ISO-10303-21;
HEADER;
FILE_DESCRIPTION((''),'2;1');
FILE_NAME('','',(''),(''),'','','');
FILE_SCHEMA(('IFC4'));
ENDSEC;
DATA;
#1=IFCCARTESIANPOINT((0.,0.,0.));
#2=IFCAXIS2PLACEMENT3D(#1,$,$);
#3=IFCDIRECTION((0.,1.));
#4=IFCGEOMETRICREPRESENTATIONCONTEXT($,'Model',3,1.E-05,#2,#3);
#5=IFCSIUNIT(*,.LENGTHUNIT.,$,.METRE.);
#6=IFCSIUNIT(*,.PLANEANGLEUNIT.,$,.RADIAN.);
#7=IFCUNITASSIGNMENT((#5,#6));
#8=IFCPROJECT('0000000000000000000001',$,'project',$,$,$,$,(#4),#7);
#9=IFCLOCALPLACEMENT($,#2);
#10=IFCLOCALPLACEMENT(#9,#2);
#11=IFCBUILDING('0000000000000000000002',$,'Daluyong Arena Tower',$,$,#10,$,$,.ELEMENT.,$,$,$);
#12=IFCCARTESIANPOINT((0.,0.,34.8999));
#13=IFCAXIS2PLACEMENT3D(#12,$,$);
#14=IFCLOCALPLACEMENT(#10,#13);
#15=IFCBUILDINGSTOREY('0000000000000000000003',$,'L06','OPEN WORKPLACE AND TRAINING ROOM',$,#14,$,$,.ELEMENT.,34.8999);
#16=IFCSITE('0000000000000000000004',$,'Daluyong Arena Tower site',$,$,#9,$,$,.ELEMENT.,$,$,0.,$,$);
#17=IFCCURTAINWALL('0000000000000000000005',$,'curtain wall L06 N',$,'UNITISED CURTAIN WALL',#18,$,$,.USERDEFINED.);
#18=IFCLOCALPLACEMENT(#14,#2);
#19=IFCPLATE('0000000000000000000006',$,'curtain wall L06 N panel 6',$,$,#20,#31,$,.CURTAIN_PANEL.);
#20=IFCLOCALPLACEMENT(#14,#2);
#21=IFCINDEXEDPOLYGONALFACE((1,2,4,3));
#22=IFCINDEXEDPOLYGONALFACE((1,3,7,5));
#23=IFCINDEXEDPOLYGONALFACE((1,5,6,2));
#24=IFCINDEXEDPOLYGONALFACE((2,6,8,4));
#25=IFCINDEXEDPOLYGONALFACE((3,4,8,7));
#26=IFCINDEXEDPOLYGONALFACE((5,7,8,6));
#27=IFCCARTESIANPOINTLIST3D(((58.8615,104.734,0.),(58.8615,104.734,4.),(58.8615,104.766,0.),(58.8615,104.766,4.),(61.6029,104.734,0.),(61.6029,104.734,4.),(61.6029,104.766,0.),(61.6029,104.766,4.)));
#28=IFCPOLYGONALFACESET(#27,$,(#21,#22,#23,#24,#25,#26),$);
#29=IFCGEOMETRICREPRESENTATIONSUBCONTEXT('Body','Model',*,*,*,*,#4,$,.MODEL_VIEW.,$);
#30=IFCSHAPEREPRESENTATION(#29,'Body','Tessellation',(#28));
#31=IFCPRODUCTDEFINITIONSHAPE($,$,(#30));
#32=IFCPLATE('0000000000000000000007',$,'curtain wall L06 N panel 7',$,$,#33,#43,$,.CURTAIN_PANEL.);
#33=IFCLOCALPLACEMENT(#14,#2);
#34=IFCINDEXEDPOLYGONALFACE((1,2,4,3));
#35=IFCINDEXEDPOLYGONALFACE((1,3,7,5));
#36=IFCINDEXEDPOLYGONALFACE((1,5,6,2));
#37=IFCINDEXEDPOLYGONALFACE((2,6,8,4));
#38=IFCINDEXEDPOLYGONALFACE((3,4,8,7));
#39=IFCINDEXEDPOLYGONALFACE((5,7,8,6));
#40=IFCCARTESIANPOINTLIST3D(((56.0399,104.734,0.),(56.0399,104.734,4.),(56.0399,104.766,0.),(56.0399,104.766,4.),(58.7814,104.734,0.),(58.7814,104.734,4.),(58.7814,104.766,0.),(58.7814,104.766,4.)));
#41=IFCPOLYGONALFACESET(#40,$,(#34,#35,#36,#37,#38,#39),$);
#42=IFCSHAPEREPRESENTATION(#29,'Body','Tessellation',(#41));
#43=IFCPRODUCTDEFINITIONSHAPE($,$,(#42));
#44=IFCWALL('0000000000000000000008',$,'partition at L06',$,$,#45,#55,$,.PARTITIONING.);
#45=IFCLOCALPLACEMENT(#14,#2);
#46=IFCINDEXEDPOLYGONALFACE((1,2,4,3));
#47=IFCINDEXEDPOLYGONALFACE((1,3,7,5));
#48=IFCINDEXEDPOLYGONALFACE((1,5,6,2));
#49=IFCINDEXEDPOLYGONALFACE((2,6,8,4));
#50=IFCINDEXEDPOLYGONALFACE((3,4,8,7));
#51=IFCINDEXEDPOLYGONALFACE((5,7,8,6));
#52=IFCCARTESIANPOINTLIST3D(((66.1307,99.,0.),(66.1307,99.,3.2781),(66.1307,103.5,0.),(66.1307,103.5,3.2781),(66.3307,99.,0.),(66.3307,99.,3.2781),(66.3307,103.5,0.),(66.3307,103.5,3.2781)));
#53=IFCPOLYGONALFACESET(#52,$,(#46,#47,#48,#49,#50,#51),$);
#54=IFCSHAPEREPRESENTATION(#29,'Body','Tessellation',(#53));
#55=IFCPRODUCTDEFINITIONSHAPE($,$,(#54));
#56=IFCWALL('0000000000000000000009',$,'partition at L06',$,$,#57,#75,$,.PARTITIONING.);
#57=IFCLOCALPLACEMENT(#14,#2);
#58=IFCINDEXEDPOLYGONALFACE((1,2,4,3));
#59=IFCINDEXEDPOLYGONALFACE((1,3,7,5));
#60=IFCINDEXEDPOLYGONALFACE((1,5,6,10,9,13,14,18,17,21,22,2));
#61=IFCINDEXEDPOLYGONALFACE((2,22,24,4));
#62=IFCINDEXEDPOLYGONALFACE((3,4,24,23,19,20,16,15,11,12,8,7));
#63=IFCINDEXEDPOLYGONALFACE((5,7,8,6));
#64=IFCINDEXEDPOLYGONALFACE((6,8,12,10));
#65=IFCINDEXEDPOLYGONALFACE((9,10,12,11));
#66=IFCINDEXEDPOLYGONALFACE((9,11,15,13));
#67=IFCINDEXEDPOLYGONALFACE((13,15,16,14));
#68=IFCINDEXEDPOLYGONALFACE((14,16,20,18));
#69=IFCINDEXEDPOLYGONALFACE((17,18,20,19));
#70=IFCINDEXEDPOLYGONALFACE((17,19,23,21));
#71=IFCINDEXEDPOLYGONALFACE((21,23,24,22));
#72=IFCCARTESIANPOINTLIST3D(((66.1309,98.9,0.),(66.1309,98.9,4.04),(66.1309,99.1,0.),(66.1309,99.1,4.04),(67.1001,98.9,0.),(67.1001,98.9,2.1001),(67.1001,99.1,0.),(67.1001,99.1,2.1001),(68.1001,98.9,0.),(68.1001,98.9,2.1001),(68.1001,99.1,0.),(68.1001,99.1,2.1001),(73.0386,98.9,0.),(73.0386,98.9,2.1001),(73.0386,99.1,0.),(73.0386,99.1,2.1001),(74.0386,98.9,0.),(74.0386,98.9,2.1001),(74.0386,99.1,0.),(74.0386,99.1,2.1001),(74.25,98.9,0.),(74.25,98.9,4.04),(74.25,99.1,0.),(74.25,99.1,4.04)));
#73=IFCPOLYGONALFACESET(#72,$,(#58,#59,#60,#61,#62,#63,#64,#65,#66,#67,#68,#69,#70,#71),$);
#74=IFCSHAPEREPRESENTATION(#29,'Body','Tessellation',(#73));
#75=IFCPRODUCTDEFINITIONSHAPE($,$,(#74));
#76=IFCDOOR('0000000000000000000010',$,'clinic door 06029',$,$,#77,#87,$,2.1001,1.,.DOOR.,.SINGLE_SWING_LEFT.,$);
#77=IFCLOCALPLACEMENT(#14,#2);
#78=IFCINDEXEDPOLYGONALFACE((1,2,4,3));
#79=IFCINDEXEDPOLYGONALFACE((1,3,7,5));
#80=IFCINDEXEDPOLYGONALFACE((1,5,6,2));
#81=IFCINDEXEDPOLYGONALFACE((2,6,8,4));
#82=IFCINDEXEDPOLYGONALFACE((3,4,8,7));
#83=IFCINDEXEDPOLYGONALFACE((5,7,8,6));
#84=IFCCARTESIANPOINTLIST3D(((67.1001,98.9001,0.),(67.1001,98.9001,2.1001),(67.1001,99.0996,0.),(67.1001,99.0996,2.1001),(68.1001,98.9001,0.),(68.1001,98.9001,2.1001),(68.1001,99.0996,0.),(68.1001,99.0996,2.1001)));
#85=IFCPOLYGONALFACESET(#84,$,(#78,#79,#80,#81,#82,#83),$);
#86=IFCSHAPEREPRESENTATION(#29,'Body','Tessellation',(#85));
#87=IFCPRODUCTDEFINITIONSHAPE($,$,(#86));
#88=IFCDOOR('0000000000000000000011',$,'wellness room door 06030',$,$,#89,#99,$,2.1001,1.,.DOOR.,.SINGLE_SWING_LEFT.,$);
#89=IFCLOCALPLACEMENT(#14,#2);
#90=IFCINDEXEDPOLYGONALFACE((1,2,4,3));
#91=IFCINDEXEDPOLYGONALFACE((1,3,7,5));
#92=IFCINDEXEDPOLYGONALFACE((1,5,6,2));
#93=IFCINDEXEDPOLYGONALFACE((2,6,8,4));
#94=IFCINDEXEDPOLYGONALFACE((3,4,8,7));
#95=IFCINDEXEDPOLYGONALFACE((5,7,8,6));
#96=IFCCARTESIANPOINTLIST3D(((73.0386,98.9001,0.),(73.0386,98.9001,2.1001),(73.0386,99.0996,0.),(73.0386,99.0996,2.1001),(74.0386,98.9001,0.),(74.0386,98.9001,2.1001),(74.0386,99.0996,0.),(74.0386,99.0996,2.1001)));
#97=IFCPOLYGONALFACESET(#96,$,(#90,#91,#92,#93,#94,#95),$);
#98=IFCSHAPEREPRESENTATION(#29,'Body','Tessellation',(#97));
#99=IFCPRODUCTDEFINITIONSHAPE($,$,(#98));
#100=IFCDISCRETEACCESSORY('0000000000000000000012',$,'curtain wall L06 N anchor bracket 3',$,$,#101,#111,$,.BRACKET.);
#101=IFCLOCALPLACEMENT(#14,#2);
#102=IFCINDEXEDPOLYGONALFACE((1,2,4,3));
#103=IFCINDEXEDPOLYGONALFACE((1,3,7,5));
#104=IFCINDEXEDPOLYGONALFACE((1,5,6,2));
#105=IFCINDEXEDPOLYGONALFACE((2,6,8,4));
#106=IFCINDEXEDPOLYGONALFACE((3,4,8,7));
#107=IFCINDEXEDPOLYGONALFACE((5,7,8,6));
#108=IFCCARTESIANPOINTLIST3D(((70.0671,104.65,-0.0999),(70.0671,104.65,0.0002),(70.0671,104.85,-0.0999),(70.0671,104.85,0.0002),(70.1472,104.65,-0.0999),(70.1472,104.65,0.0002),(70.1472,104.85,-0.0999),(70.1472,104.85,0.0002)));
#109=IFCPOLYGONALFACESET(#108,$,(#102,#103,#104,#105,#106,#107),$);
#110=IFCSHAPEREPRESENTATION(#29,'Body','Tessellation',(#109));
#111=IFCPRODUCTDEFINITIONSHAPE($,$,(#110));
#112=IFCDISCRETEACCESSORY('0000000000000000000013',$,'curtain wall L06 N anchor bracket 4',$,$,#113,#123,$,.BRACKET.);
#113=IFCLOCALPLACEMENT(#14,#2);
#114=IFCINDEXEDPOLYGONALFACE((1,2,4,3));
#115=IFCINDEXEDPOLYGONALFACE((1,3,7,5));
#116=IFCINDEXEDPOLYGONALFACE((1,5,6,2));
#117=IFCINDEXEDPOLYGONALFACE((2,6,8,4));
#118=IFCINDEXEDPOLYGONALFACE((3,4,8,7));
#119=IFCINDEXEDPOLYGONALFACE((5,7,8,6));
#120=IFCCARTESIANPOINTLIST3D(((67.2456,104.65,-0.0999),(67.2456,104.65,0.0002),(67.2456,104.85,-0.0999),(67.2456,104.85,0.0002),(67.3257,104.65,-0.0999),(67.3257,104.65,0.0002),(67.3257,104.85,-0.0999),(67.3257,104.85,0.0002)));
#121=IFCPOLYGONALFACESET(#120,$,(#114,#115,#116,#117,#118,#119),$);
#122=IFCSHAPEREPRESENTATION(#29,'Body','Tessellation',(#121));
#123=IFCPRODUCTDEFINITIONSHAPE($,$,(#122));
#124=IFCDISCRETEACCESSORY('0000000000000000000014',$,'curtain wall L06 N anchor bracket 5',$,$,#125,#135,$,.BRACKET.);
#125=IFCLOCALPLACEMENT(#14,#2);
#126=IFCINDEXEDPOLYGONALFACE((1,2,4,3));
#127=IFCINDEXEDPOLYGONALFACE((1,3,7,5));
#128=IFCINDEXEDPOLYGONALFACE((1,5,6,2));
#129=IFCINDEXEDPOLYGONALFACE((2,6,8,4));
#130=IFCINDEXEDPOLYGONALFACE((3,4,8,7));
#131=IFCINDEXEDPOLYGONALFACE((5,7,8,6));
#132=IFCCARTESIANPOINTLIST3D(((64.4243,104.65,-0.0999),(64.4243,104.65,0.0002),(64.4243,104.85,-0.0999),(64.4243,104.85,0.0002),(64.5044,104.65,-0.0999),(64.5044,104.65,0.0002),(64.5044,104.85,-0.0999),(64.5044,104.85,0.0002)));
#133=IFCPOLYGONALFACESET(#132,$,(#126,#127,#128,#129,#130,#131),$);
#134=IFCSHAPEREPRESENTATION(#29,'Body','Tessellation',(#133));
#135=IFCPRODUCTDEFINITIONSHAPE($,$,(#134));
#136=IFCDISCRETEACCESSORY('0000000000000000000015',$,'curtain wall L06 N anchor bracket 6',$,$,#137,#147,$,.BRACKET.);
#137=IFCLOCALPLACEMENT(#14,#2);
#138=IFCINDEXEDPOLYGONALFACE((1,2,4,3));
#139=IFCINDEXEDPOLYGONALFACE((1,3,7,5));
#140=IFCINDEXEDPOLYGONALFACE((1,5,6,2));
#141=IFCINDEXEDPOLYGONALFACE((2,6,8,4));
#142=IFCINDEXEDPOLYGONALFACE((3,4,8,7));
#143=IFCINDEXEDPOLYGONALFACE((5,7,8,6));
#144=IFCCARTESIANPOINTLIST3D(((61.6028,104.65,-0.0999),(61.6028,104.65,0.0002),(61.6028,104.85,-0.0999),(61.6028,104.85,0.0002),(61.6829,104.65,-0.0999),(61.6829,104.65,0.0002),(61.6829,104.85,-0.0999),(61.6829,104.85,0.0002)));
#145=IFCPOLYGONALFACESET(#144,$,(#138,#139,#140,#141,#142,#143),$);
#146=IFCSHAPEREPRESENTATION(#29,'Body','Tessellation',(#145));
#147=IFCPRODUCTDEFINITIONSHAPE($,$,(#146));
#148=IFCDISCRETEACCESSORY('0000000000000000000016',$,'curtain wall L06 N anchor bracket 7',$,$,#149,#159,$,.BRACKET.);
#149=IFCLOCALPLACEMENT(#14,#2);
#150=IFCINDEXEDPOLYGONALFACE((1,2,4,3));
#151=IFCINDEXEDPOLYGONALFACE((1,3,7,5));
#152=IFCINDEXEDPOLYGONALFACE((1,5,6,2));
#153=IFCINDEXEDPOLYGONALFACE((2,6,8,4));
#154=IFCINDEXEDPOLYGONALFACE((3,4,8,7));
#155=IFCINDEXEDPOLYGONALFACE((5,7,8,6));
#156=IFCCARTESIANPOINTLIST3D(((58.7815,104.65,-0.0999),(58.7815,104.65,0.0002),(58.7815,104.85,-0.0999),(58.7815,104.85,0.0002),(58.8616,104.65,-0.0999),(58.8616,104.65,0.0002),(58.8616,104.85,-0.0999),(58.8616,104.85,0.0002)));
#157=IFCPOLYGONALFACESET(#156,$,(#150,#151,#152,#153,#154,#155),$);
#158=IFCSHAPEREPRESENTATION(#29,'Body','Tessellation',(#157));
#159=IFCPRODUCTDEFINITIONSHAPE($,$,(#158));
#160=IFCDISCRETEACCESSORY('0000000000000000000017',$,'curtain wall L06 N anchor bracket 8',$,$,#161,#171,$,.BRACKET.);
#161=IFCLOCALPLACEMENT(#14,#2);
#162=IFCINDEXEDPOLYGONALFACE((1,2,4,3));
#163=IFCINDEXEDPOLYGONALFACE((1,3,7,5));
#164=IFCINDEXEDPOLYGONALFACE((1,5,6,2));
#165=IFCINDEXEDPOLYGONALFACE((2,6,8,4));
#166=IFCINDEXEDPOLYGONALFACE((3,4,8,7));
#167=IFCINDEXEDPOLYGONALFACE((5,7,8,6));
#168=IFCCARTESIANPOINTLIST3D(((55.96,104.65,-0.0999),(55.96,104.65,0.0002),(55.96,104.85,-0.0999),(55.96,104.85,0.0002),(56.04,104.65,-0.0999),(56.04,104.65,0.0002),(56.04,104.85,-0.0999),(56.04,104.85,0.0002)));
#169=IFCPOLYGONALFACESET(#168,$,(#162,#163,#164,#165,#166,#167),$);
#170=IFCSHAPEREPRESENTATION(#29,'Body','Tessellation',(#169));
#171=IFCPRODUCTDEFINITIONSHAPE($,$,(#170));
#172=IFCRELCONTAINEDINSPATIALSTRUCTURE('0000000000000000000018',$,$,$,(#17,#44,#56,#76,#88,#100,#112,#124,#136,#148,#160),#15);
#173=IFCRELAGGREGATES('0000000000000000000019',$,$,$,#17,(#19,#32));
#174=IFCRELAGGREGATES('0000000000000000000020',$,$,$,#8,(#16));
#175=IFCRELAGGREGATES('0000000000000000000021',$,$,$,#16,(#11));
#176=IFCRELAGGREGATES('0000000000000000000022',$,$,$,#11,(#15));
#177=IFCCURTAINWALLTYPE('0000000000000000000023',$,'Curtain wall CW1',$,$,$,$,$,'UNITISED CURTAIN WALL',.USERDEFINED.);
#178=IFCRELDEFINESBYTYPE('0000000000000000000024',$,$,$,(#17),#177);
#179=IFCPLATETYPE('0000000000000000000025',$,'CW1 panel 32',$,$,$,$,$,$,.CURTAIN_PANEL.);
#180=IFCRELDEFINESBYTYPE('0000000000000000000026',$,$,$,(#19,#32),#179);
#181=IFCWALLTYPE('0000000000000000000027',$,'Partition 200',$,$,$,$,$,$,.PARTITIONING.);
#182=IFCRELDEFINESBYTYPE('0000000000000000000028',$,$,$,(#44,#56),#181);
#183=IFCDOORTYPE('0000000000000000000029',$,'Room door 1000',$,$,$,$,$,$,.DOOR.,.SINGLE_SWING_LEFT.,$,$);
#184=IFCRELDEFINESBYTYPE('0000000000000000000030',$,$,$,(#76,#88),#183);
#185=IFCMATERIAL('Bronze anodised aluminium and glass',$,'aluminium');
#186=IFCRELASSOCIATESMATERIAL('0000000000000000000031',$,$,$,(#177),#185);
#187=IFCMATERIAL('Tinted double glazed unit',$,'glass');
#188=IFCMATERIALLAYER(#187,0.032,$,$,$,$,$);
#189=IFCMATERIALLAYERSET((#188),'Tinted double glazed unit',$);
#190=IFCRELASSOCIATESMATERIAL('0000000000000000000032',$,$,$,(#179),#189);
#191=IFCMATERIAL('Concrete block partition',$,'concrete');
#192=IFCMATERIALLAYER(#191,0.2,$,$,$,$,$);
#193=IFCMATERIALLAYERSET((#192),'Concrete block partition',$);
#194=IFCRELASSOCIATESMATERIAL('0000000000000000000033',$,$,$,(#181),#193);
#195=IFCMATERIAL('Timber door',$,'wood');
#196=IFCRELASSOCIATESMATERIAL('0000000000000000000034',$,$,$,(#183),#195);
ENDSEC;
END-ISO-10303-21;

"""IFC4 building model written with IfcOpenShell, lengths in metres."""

from ifc_helpers import new_model, si_unit, direction, frame, frame_2d, origin, origin_2d, place, context, subcontext, project, spatial, rectangle, extrude, material, layer, layer_set, type_object, element, fill, aggregate, save


model = new_model("IFC4")

# Units and contexts
model_context = context("Model", 3, precision=1e-05, world=origin(), true_north=direction((0.0, 1.0)))
body_context = subcontext(model_context, "Body", "Model", "MODEL_VIEW")
ifc_project = project(units=[si_unit("LENGTHUNIT", "METRE"), si_unit("PLANEANGLEUNIT", "RADIAN")], contexts=[model_context])

# Site, building, storey
site_placement = place(None, origin())
site = spatial("IfcSite", under=ifc_project, at=site_placement, Name="Daluyong Arena Tower site", CompositionType="ELEMENT", RefElevation=0.0)
building_placement = place(site_placement, origin())
building = spatial("IfcBuilding", under=site, at=building_placement, Name="Daluyong Arena Tower", CompositionType="ELEMENT")
storey_placement = place(building_placement, frame((0.0, 0.0, 34.8999)))
storey = spatial("IfcBuildingStorey", under=building, at=storey_placement, Name="L06", Description="OPEN WORKPLACE AND TRAINING ROOM", CompositionType="ELEMENT", Elevation=34.8999)

# Curtain wall
ifc_material_1 = material(Name="Bronze anodised aluminium and glass", Category="aluminium")
curtain_wall_type = type_object("IfcCurtainWallType", Name="Curtain wall CW1", ElementType="UNITISED CURTAIN WALL", PredefinedType="USERDEFINED", material=ifc_material_1)
curtain_wall_placement = place(storey_placement, origin())
curtain_wall = element("IfcCurtainWall", 1, at=curtain_wall_placement, inside=storey, type_object=curtain_wall_type, Name="curtain wall L06 N", ObjectType="UNITISED CURTAIN WALL", PredefinedType="USERDEFINED")

# Plates
ifc_material_2 = material(Name="Tinted double glazed unit", Category="glass")
ifc_layer_1 = layer(ifc_material_2, 0.032)
ifc_layer_set_1 = layer_set([ifc_layer_1], Name="Tinted double glazed unit")
plate_type = type_object("IfcPlateType", Name="CW1 panel 32", PredefinedType="CURTAIN_PANEL", material=ifc_layer_set_1)
plate_1_placement = place(storey_placement, frame((60.2322, 104.75, 0.0), z_axis=(0.0, 0.0, 1.0), x_axis=(-1.0, 0.0, 0.0)))
plate_1 = element("IfcPlate", 2, at=plate_1_placement, type_object=plate_type, Name="curtain wall L06 N panel 6", PredefinedType="CURTAIN_PANEL", context=body_context, shape_type="SweptSolid", body=[
    extrude(rectangle(XDim=2.7415, YDim=0.032, at=origin_2d()), origin(), (0.0, 0.0, 1.0), 4.0),
])
plate_2_placement = place(storey_placement, frame((57.4106, 104.75, 0.0), z_axis=(0.0, 0.0, 1.0), x_axis=(-1.0, 0.0, 0.0)))
plate_2 = element("IfcPlate", 3, at=plate_2_placement, type_object=plate_type, Name="curtain wall L06 N panel 7", PredefinedType="CURTAIN_PANEL", context=body_context, shape_type="SweptSolid", body=[
    extrude(rectangle(XDim=2.7415, YDim=0.032, at=origin_2d()), origin(), (0.0, 0.0, 1.0), 4.0),
])
aggregate(curtain_wall, [plate_1, plate_2])

# Wall
ifc_material_3 = material(Name="Concrete block partition", Category="concrete")
ifc_layer_2 = layer(ifc_material_3, 0.2)
ifc_layer_set_2 = layer_set([ifc_layer_2], Name="Concrete block partition")
wall_type = type_object("IfcWallType", Name="Partition 200", PredefinedType="PARTITIONING", material=ifc_layer_set_2)
wall_1_placement = place(storey_placement, frame((66.2307, 99.0, 0.0), z_axis=(0.0, 0.0, 1.0), x_axis=(0.0, 1.0, 0.0)))
element("IfcWall", 4, at=wall_1_placement, inside=storey, type_object=wall_type, Name="partition at L06", PredefinedType="PARTITIONING", context=body_context, shape_type="SweptSolid", body=[
    extrude(rectangle(XDim=4.5, YDim=0.2, at=frame_2d((2.25, 0.0))), origin(), (0.0, 0.0, 1.0), 3.2781),
])

# Wall, openings, doors
wall_2_placement = place(storey_placement, frame((66.1309, 99.0, 0.0), z_axis=(0.0, 0.0, 1.0), x_axis=(1.0, 0.0, 0.0)))
wall_2 = element("IfcWall", 5, at=wall_2_placement, inside=storey, type_object=wall_type, Name="partition at L06", PredefinedType="PARTITIONING", context=body_context, shape_type="SweptSolid", body=[
    extrude(rectangle(XDim=8.1191, YDim=0.2, at=frame_2d((4.0596, 0.0))), origin(), (0.0, 0.0, 1.0), 4.04),
])
opening_1_placement = place(wall_2_placement, frame((0.9692, 0.0, 0.0)))
opening_1 = element("IfcOpeningElement", 6, at=opening_1_placement, cuts=wall_2, PredefinedType="OPENING", context=body_context, shape_type="SweptSolid", body=[
    extrude(rectangle(XDim=1.0, YDim=2.1001, at=frame_2d((0.5, 1.05))), frame((0.0, 0.1099, 0.0), z_axis=(0.0, -1.0, 0.0), x_axis=(1.0, 0.0, 0.0)), (0.0, 0.0, 1.0), 0.22),
])
opening_2_placement = place(wall_2_placement, frame((6.9077, 0.0, 0.0)))
opening_2 = element("IfcOpeningElement", 7, at=opening_2_placement, cuts=wall_2, PredefinedType="OPENING", context=body_context, shape_type="SweptSolid", body=[
    extrude(rectangle(XDim=1.0, YDim=2.1001, at=frame_2d((0.5, 1.05))), frame((0.0, 0.1099, 0.0), z_axis=(0.0, -1.0, 0.0), x_axis=(1.0, 0.0, 0.0)), (0.0, 0.0, 1.0), 0.22),
])
ifc_material_4 = material(Name="Timber door", Category="wood")
door_type = type_object("IfcDoorType", Name="Room door 1000", OperationType="SINGLE_SWING_LEFT", PredefinedType="DOOR", material=ifc_material_4)
door_1_placement = place(opening_1_placement, origin())
door_1 = element("IfcDoor", 8, at=door_1_placement, inside=storey, type_object=door_type, Name="clinic door 06029", OperationType="SINGLE_SWING_LEFT", OverallHeight=2.1001, OverallWidth=1.0, PredefinedType="DOOR", context=body_context, shape_type="SweptSolid", body=[
    extrude(rectangle(XDim=1.0, YDim=2.1001, at=frame_2d((0.5, 1.05))), frame((0.0, 0.0996, 0.0), z_axis=(0.0, -1.0, 0.0), x_axis=(1.0, 0.0, 0.0)), (0.0, 0.0, 1.0), 0.1995),
])
fill(opening_1, door_1)
door_2_placement = place(opening_2_placement, origin())
door_2 = element("IfcDoor", 9, at=door_2_placement, inside=storey, type_object=door_type, Name="wellness room door 06030", OperationType="SINGLE_SWING_LEFT", OverallHeight=2.1001, OverallWidth=1.0, PredefinedType="DOOR", context=body_context, shape_type="SweptSolid", body=[
    extrude(rectangle(XDim=1.0, YDim=2.1001, at=frame_2d((0.5, 1.05))), frame((0.0, 0.0996, 0.0), z_axis=(0.0, -1.0, 0.0), x_axis=(1.0, 0.0, 0.0)), (0.0, 0.0, 1.0), 0.1995),
])
fill(opening_2, door_2)

# Discrete accessories
for number, where, z_axis, x_axis, name in (
    (10, (70.1072, 104.75, -0.0999), (0.0, 0.0, 1.0), (-1.0, 0.0, 0.0), "curtain wall L06 N anchor bracket 3"),
    (11, (67.2856, 104.75, -0.0999), (0.0, 0.0, 1.0), (-1.0, 0.0, 0.0), "curtain wall L06 N anchor bracket 4"),
    (12, (64.4644, 104.75, -0.0999), (0.0, 0.0, 1.0), (-1.0, 0.0, 0.0), "curtain wall L06 N anchor bracket 5"),
    (13, (61.6428, 104.75, -0.0999), (0.0, 0.0, 1.0), (-1.0, 0.0, 0.0), "curtain wall L06 N anchor bracket 6"),
    (14, (58.8215, 104.75, -0.0999), (0.0, 0.0, 1.0), (-1.0, 0.0, 0.0), "curtain wall L06 N anchor bracket 7"),
    (15, (56.0, 104.75, -0.0999), (0.0, 0.0, 1.0), (-1.0, 0.0, 0.0), "curtain wall L06 N anchor bracket 8"),
):
    element("IfcDiscreteAccessory", number, at=place(storey_placement, frame(where, z_axis=z_axis, x_axis=x_axis)), inside=storey, Name=name, PredefinedType="BRACKET", context=body_context, shape_type="SweptSolid", body=[
        extrude(rectangle(XDim=0.0801, YDim=0.2, at=origin_2d()), origin(), (0.0, 0.0, 1.0), 0.1001),
    ])

save(model, "model.ifc")
